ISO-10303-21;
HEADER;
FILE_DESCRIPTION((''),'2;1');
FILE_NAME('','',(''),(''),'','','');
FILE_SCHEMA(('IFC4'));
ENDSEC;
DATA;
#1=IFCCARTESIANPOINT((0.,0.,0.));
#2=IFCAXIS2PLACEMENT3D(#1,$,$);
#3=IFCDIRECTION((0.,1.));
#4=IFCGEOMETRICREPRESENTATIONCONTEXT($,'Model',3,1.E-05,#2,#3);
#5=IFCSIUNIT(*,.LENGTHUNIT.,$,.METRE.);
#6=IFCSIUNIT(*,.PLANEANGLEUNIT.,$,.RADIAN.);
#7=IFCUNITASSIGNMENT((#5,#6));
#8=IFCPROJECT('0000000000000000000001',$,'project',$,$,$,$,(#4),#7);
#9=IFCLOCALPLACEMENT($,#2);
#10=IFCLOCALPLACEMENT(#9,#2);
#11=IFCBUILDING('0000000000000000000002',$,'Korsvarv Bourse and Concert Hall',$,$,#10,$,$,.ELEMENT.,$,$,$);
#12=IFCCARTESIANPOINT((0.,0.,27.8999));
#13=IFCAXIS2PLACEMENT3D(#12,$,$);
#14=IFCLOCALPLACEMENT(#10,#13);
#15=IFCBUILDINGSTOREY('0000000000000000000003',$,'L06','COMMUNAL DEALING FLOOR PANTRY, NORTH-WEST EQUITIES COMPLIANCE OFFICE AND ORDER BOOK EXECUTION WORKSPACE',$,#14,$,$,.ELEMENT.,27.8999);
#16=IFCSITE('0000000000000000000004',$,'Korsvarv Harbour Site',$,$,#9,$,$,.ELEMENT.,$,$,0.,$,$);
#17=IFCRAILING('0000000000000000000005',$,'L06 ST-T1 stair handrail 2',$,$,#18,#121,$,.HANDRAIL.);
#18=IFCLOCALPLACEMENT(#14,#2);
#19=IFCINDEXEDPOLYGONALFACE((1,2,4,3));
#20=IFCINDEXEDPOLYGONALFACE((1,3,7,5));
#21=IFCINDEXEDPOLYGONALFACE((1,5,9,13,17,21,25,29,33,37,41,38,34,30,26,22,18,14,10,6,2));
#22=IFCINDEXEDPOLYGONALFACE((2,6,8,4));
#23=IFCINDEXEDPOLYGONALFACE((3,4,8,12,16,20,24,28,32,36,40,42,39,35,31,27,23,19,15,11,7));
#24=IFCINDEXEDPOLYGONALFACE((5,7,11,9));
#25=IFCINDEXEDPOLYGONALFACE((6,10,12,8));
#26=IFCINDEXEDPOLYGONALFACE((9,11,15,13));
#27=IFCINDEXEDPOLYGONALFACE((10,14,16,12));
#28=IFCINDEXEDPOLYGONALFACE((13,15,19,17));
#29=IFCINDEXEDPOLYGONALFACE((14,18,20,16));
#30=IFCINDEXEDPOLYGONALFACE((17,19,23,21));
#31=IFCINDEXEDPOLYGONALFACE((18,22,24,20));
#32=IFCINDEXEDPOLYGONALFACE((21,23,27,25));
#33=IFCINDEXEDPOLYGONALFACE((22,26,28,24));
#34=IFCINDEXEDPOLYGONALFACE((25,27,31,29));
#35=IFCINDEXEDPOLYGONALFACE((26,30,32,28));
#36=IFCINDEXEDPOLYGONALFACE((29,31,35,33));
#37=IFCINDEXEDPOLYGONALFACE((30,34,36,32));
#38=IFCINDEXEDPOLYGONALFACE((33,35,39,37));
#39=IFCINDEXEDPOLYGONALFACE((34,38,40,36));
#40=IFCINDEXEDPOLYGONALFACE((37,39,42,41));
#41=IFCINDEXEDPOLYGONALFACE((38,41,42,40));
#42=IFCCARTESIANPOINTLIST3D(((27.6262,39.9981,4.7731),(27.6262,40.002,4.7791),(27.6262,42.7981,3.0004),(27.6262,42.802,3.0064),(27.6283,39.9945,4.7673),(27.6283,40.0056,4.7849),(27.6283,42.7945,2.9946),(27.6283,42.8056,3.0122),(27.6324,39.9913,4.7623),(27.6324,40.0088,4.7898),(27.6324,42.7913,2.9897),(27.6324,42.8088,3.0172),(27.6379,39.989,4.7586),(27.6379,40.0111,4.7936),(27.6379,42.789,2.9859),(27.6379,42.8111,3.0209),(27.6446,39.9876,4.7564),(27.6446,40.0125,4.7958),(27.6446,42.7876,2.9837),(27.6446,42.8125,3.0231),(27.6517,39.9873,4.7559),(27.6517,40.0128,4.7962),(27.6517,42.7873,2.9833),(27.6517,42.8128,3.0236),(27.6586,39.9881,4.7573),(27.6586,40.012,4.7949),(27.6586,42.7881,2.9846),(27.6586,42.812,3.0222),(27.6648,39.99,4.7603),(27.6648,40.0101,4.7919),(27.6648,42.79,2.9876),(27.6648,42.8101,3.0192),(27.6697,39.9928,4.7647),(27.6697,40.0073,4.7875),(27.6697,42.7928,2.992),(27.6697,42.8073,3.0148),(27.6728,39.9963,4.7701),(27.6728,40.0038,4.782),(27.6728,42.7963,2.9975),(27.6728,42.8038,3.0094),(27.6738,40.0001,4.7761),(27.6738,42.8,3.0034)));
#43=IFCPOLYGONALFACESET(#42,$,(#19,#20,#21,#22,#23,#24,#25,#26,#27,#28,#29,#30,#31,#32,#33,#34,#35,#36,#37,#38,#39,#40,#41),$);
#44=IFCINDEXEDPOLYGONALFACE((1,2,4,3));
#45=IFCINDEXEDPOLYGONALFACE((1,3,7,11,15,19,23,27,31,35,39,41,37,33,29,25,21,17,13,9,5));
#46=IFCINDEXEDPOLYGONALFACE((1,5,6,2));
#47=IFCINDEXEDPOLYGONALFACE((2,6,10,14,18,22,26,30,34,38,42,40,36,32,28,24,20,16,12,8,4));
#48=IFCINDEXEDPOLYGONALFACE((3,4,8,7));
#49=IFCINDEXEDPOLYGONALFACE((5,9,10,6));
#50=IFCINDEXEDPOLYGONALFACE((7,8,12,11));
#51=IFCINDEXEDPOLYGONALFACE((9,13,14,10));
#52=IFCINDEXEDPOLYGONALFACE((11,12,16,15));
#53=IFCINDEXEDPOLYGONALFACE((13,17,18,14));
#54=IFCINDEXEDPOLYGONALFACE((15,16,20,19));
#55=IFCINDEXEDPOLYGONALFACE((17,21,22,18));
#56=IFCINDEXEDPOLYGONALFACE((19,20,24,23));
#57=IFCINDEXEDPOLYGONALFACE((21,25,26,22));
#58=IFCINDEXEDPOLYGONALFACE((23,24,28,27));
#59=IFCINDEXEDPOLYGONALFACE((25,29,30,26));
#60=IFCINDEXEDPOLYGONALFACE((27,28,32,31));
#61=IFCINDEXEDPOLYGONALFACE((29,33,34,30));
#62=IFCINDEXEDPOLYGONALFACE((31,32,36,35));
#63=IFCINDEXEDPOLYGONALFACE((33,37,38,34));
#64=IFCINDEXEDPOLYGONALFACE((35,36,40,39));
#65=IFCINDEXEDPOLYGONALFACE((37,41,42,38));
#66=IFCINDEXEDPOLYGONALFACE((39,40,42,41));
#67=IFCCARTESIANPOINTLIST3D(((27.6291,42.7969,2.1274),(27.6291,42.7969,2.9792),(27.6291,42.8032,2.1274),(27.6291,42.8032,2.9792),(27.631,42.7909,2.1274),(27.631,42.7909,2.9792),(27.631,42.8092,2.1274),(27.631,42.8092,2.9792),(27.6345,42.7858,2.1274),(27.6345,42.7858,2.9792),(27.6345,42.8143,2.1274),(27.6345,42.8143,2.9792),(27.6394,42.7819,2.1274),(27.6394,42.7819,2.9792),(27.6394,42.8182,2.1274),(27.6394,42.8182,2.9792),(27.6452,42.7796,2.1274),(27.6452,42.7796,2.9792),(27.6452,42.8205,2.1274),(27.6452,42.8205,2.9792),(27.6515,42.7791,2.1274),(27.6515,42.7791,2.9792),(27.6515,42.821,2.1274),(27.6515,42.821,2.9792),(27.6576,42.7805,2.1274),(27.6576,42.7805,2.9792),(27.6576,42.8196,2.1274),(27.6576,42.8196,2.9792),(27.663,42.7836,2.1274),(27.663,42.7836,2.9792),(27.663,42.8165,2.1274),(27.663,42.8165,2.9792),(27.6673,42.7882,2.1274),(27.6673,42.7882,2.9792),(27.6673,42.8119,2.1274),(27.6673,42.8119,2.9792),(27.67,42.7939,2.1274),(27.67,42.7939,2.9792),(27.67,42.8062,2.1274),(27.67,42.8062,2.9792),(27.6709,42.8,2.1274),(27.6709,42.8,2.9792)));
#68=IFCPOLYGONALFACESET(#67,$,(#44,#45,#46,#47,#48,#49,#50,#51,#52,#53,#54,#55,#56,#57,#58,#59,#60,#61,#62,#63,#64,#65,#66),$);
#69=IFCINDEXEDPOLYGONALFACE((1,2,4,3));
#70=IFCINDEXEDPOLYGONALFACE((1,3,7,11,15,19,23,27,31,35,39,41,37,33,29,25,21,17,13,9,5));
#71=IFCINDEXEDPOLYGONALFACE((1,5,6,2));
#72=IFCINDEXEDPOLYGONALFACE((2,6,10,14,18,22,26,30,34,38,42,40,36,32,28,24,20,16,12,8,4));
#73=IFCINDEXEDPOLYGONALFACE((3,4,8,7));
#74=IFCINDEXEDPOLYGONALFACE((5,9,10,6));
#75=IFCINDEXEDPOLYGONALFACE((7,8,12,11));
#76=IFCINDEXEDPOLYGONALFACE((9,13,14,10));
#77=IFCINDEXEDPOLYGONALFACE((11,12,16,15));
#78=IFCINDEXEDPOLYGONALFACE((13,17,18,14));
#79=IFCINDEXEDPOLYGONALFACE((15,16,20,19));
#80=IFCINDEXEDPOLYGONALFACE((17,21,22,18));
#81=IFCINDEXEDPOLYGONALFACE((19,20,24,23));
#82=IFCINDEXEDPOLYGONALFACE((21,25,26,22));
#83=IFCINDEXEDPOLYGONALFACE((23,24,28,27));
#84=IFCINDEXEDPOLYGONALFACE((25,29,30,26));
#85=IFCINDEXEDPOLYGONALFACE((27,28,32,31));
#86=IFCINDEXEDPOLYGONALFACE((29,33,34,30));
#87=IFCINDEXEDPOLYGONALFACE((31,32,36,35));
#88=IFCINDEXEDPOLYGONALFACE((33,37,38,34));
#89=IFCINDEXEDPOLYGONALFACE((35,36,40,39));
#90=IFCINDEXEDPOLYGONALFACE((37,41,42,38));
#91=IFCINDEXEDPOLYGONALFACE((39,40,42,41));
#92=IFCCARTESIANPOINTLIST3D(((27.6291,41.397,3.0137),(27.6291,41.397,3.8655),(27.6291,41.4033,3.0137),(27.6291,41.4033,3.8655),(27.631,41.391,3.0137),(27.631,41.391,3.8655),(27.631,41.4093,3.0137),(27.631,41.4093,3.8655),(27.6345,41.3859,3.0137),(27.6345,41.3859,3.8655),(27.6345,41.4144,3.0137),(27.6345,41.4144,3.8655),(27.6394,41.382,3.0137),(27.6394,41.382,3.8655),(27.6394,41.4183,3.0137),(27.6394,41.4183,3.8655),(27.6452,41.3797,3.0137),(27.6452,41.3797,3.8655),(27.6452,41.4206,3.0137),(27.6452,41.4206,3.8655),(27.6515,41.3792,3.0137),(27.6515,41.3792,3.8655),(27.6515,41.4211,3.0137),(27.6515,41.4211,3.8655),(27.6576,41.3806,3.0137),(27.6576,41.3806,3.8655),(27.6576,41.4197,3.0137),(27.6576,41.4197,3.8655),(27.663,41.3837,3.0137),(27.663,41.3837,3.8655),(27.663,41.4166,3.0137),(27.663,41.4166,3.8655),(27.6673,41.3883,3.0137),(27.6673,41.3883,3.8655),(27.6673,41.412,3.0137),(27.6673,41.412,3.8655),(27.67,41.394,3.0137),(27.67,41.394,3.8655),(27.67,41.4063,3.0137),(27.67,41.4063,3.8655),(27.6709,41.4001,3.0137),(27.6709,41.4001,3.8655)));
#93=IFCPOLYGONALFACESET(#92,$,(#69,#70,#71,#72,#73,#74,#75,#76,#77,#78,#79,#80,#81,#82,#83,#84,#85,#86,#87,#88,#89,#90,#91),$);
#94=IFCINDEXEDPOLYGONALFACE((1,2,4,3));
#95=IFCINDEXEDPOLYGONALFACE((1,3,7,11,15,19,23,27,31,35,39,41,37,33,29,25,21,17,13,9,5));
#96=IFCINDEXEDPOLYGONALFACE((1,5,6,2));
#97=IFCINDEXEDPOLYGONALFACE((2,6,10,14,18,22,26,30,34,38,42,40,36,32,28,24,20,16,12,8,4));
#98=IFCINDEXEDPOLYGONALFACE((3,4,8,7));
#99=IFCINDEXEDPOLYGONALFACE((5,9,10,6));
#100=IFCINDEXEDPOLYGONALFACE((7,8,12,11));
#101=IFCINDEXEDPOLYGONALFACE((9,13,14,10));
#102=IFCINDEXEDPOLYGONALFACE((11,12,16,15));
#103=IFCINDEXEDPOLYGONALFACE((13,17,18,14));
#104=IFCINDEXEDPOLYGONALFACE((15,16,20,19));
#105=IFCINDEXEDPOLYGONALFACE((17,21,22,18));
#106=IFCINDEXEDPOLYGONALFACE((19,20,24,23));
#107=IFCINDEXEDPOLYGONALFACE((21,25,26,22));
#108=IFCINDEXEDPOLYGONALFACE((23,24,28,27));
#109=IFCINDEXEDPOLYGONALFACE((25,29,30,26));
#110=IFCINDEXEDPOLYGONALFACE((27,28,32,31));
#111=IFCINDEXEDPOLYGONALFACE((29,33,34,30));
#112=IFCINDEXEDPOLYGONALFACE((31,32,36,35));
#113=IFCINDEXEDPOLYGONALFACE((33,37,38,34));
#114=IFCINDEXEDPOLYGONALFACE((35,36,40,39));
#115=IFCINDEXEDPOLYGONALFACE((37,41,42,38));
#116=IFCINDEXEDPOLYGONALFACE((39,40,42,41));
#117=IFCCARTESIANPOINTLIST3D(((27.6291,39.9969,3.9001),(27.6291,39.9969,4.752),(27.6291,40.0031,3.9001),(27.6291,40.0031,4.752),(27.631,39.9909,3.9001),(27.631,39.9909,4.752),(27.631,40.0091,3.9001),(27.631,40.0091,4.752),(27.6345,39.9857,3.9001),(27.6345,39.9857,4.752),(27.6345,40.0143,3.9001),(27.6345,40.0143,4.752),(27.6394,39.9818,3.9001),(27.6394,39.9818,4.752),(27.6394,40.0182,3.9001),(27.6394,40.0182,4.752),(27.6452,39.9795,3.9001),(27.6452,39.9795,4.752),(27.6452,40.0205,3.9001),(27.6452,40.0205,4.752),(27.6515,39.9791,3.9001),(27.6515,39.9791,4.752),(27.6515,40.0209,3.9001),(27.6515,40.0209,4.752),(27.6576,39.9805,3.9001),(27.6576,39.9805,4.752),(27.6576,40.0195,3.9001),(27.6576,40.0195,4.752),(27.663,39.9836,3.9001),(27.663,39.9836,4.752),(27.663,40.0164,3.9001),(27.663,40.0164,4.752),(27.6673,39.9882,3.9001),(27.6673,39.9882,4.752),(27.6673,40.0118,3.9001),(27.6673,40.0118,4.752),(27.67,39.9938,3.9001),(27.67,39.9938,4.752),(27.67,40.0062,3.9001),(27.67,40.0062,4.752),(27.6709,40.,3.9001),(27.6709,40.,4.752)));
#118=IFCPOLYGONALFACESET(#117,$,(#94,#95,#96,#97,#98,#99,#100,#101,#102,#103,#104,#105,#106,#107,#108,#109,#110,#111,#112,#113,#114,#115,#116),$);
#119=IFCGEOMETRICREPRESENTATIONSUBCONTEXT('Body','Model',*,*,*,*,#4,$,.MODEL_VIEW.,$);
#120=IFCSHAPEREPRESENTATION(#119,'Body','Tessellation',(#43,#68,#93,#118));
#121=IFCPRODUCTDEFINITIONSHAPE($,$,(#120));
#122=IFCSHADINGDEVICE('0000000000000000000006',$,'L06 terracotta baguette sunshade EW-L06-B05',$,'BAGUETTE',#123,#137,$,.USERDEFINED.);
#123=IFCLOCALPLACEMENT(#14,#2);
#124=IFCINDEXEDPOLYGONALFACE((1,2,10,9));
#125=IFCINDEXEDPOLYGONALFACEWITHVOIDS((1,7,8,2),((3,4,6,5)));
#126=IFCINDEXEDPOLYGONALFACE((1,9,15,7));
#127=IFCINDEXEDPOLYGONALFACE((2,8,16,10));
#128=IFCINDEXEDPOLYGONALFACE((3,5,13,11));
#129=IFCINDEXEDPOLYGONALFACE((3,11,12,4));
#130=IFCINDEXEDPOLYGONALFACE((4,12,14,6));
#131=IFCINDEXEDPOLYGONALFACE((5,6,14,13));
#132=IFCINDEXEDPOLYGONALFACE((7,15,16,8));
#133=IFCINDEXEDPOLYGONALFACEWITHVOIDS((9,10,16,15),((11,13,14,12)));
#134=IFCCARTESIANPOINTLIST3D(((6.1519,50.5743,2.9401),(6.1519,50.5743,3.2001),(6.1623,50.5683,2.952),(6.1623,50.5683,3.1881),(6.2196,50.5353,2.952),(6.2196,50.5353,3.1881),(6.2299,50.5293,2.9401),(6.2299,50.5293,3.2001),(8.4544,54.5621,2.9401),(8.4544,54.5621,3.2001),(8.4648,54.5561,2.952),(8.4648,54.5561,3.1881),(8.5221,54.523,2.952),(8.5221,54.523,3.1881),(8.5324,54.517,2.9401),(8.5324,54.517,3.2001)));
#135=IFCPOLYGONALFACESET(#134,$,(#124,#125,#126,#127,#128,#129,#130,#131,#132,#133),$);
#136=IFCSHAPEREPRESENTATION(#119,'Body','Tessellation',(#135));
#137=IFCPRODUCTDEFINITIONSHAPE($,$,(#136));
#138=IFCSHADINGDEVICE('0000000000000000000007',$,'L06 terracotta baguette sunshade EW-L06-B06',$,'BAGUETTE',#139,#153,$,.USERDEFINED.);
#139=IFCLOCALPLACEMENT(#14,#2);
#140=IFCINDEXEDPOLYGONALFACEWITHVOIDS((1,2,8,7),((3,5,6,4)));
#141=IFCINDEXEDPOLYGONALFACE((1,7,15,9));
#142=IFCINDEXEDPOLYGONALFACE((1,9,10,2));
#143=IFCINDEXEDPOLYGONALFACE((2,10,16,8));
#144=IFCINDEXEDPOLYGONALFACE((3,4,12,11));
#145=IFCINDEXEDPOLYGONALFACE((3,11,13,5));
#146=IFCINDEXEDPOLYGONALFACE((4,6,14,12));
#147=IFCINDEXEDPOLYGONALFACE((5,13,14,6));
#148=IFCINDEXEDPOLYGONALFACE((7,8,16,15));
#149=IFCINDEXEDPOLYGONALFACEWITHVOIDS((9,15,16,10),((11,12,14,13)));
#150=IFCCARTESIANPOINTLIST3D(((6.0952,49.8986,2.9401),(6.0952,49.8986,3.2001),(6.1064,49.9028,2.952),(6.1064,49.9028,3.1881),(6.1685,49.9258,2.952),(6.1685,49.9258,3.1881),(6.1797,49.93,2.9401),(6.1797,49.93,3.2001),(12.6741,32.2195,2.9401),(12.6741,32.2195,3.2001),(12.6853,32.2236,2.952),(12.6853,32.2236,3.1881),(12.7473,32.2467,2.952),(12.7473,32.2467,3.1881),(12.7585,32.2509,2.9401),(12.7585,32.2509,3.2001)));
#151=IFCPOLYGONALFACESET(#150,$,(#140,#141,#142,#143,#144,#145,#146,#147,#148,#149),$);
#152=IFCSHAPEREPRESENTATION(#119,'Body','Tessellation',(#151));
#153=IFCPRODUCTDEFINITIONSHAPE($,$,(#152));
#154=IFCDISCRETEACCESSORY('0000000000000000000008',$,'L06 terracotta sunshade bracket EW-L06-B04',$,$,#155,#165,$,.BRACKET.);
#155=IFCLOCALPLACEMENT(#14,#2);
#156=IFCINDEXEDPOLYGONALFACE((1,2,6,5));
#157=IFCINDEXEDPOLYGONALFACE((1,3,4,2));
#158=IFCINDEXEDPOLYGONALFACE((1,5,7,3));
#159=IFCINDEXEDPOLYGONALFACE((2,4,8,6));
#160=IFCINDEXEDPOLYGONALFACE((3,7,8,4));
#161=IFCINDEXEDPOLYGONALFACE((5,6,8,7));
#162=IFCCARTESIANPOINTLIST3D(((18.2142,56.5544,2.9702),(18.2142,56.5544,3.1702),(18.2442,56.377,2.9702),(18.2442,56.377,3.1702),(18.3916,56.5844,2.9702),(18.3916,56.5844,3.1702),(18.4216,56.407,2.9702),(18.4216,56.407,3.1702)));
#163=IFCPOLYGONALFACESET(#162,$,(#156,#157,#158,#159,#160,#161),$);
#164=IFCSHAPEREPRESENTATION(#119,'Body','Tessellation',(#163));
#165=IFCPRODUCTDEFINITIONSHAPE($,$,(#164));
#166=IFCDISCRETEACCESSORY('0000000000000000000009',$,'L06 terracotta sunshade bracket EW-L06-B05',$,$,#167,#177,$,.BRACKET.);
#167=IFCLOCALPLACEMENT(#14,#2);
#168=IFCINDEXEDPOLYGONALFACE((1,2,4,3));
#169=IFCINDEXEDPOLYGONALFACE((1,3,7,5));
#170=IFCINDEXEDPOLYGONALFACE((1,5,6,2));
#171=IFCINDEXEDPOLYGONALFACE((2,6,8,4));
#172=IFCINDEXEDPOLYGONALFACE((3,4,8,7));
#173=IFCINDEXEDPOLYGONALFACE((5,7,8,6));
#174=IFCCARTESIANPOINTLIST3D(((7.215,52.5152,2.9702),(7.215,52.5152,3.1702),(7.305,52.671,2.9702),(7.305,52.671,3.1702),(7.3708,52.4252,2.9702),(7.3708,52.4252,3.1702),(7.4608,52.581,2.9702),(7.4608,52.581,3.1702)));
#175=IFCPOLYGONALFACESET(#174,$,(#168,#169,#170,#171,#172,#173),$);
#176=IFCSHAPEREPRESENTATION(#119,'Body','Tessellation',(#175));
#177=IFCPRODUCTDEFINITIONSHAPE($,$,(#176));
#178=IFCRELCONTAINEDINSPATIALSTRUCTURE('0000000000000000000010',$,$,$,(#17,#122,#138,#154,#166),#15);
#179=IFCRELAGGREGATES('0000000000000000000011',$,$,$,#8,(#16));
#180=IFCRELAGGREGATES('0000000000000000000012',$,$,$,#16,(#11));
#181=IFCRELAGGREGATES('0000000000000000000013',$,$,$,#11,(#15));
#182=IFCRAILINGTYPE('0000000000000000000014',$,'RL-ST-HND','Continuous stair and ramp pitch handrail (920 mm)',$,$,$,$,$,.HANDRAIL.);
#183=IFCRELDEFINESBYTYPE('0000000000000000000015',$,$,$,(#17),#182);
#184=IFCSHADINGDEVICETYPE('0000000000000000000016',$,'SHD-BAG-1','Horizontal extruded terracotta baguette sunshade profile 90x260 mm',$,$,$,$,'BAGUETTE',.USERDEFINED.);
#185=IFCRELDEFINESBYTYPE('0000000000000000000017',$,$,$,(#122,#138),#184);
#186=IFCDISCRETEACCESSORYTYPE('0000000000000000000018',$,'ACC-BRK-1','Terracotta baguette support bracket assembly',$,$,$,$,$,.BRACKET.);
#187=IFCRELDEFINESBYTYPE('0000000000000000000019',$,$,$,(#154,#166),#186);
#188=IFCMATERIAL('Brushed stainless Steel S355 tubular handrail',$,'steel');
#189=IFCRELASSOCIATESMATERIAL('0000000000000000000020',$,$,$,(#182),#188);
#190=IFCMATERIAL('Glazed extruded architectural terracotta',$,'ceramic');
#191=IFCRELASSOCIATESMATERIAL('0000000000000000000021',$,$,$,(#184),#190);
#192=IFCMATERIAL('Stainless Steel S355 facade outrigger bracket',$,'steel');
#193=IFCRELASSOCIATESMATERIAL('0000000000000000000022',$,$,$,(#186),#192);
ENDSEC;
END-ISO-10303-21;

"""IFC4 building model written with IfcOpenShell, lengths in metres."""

from ifc_helpers import new_model, si_unit, direction, frame, origin, origin_2d, place, context, subcontext, project, spatial, rectangle, hollow_rectangle, circle, extrude, source, transform, mapped, material, material_profile, profile_set, type_object, element, save


model = new_model("IFC4")

# Units and contexts
model_context = context("Model", 3, precision=1e-05, world=origin(), true_north=direction((0.0, 1.0)))
body_context = subcontext(model_context, "Body", "Model", "MODEL_VIEW")
ifc_project = project(units=[si_unit("LENGTHUNIT", "METRE"), si_unit("PLANEANGLEUNIT", "RADIAN")], contexts=[model_context])

# Site, building, storey
site_placement = place(None, origin())
site = spatial("IfcSite", under=ifc_project, at=site_placement, Name="Korsvarv Harbour Site", CompositionType="ELEMENT", RefElevation=0.0)
building_placement = place(site_placement, origin())
building = spatial("IfcBuilding", under=site, at=building_placement, Name="Korsvarv Bourse and Concert Hall", CompositionType="ELEMENT")
storey_placement = place(building_placement, frame((0.0, 0.0, 27.8999)))
storey = spatial("IfcBuildingStorey", under=building, at=storey_placement, Name="L06", Description="COMMUNAL DEALING FLOOR PANTRY, NORTH-WEST EQUITIES COMPLIANCE OFFICE AND ORDER BOOK EXECUTION WORKSPACE", CompositionType="ELEMENT", Elevation=27.8999)

# Railing
ifc_material_1 = material(Name="Brushed stainless Steel S355 tubular handrail", Category="steel")
railing_type = type_object("IfcRailingType", Name="RL-ST-HND", Description="Continuous stair and ramp pitch handrail (920 mm)", PredefinedType="HANDRAIL", material=ifc_material_1)
railing_placement = place(storey_placement, frame((27.6499, 42.8, 2.1274)))
element("IfcRailing", 1, at=railing_placement, inside=storey, type_object=railing_type, Name="L06 ST-T1 stair handrail 2", PredefinedType="HANDRAIL", context=body_context, shape_type="SweptSolid", body=[
    extrude(circle(Radius=0.0239, at=origin_2d()), frame((0.0, 0.0, 0.876), z_axis=(0.0, -0.844909, 0.53491), x_axis=(1.0, 0.0, 0.0)), (0.0, 0.0, 1.0), 3.314),
    extrude(circle(Radius=0.021, at=origin_2d()), origin(), (0.0, 0.0, 1.0), 0.8518),
    extrude(circle(Radius=0.021, at=origin_2d()), frame((0.0, -1.3999, 0.8862)), (0.0, 0.0, 1.0), 0.8518),
    extrude(circle(Radius=0.021, at=origin_2d()), frame((0.0, -2.8, 1.7727)), (0.0, 0.0, 1.0), 0.8518),
])

# Shading devices
ifc_material_2 = material(Name="Glazed extruded architectural terracotta", Category="ceramic")
ifc_material_profile_1 = material_profile(ifc_material_2, hollow_rectangle(XDim=0.0901, YDim=0.26, WallThickness=0.012, at=origin_2d()), Name="TC-BAG 90x260")
ifc_profile_set_1 = profile_set([ifc_material_profile_1], Name="Glazed extruded architectural terracotta")
shading_device_type = type_object("IfcShadingDeviceType", Name="SHD-BAG-1", Description="Horizontal extruded terracotta baguette sunshade profile 90x260 mm", ElementType="BAGUETTE", PredefinedType="USERDEFINED", material=ifc_profile_set_1)
shared_shape_1 = source(origin(), body_context, "Body", "SweptSolid", [
    extrude(hollow_rectangle(XDim=0.0901, YDim=0.26, WallThickness=0.012, at=origin_2d()), origin(), (0.0, 0.0, 1.0), 4.6047),
])
shading_device_1_placement = place(storey_placement, frame((8.4934, 54.5396, 3.0701), z_axis=(-0.500022, -0.866013, 0.0), x_axis=(0.866013, -0.500022, 0.0)))
element("IfcShadingDevice", 2, at=shading_device_1_placement, inside=storey, type_object=shading_device_type, Name="L06 terracotta baguette sunshade EW-L06-B05", ObjectType="BAGUETTE", PredefinedType="USERDEFINED", context=body_context, shape_type="MappedRepresentation", body=[
    mapped(shared_shape_1, transform((0.0, 0.0, 0.0), scale=1.0)),
])
shared_shape_2 = source(origin(), body_context, "Body", "SweptSolid", [
    extrude(hollow_rectangle(XDim=0.0901, YDim=0.26, WallThickness=0.012, at=origin_2d()), origin(), (0.0, 0.0, 1.0), 18.8635),
])
shading_device_2_placement = place(storey_placement, frame((6.1375, 49.9143, 3.0701), z_axis=(0.348759, -0.937212, 0.0), x_axis=(0.937212, 0.348759, 0.0)))
element("IfcShadingDevice", 3, at=shading_device_2_placement, inside=storey, type_object=shading_device_type, Name="L06 terracotta baguette sunshade EW-L06-B06", ObjectType="BAGUETTE", PredefinedType="USERDEFINED", context=body_context, shape_type="MappedRepresentation", body=[
    mapped(shared_shape_2, transform((0.0, 0.0, 0.0), scale=1.0)),
])

# Discrete accessories
ifc_material_3 = material(Name="Stainless Steel S355 facade outrigger bracket", Category="steel")
discrete_accessory_type = type_object("IfcDiscreteAccessoryType", Name="ACC-BRK-1", Description="Terracotta baguette support bracket assembly", PredefinedType="BRACKET", material=ifc_material_3)
shared_shape_3 = source(origin(), body_context, "Body", "SweptSolid", [
    extrude(rectangle(XDim=0.1799, YDim=0.1799, at=origin_2d()), origin(), (0.0, 0.0, 1.0), 0.2),
])
for number, where, z_axis, x_axis, name in (
    (4, (18.3179, 56.4807, 2.9702), (0.0, 0.0, 1.0), (-0.986025, -0.166597, 0.0), "L06 terracotta sunshade bracket EW-L06-B04"),
    (5, (7.3379, 52.5481, 2.9702), (0.0, 0.0, 1.0), (-0.5, -0.866025, 0.0), "L06 terracotta sunshade bracket EW-L06-B05"),
):
    element("IfcDiscreteAccessory", number, at=place(storey_placement, frame(where, z_axis=z_axis, x_axis=x_axis)), inside=storey, type_object=discrete_accessory_type, Name=name, PredefinedType="BRACKET", context=body_context, shape_type="MappedRepresentation", body=[
        mapped(shared_shape_3, transform((0.0, 0.0, 0.0), scale=1.0)),
    ])

save(model, "model.ifc")
